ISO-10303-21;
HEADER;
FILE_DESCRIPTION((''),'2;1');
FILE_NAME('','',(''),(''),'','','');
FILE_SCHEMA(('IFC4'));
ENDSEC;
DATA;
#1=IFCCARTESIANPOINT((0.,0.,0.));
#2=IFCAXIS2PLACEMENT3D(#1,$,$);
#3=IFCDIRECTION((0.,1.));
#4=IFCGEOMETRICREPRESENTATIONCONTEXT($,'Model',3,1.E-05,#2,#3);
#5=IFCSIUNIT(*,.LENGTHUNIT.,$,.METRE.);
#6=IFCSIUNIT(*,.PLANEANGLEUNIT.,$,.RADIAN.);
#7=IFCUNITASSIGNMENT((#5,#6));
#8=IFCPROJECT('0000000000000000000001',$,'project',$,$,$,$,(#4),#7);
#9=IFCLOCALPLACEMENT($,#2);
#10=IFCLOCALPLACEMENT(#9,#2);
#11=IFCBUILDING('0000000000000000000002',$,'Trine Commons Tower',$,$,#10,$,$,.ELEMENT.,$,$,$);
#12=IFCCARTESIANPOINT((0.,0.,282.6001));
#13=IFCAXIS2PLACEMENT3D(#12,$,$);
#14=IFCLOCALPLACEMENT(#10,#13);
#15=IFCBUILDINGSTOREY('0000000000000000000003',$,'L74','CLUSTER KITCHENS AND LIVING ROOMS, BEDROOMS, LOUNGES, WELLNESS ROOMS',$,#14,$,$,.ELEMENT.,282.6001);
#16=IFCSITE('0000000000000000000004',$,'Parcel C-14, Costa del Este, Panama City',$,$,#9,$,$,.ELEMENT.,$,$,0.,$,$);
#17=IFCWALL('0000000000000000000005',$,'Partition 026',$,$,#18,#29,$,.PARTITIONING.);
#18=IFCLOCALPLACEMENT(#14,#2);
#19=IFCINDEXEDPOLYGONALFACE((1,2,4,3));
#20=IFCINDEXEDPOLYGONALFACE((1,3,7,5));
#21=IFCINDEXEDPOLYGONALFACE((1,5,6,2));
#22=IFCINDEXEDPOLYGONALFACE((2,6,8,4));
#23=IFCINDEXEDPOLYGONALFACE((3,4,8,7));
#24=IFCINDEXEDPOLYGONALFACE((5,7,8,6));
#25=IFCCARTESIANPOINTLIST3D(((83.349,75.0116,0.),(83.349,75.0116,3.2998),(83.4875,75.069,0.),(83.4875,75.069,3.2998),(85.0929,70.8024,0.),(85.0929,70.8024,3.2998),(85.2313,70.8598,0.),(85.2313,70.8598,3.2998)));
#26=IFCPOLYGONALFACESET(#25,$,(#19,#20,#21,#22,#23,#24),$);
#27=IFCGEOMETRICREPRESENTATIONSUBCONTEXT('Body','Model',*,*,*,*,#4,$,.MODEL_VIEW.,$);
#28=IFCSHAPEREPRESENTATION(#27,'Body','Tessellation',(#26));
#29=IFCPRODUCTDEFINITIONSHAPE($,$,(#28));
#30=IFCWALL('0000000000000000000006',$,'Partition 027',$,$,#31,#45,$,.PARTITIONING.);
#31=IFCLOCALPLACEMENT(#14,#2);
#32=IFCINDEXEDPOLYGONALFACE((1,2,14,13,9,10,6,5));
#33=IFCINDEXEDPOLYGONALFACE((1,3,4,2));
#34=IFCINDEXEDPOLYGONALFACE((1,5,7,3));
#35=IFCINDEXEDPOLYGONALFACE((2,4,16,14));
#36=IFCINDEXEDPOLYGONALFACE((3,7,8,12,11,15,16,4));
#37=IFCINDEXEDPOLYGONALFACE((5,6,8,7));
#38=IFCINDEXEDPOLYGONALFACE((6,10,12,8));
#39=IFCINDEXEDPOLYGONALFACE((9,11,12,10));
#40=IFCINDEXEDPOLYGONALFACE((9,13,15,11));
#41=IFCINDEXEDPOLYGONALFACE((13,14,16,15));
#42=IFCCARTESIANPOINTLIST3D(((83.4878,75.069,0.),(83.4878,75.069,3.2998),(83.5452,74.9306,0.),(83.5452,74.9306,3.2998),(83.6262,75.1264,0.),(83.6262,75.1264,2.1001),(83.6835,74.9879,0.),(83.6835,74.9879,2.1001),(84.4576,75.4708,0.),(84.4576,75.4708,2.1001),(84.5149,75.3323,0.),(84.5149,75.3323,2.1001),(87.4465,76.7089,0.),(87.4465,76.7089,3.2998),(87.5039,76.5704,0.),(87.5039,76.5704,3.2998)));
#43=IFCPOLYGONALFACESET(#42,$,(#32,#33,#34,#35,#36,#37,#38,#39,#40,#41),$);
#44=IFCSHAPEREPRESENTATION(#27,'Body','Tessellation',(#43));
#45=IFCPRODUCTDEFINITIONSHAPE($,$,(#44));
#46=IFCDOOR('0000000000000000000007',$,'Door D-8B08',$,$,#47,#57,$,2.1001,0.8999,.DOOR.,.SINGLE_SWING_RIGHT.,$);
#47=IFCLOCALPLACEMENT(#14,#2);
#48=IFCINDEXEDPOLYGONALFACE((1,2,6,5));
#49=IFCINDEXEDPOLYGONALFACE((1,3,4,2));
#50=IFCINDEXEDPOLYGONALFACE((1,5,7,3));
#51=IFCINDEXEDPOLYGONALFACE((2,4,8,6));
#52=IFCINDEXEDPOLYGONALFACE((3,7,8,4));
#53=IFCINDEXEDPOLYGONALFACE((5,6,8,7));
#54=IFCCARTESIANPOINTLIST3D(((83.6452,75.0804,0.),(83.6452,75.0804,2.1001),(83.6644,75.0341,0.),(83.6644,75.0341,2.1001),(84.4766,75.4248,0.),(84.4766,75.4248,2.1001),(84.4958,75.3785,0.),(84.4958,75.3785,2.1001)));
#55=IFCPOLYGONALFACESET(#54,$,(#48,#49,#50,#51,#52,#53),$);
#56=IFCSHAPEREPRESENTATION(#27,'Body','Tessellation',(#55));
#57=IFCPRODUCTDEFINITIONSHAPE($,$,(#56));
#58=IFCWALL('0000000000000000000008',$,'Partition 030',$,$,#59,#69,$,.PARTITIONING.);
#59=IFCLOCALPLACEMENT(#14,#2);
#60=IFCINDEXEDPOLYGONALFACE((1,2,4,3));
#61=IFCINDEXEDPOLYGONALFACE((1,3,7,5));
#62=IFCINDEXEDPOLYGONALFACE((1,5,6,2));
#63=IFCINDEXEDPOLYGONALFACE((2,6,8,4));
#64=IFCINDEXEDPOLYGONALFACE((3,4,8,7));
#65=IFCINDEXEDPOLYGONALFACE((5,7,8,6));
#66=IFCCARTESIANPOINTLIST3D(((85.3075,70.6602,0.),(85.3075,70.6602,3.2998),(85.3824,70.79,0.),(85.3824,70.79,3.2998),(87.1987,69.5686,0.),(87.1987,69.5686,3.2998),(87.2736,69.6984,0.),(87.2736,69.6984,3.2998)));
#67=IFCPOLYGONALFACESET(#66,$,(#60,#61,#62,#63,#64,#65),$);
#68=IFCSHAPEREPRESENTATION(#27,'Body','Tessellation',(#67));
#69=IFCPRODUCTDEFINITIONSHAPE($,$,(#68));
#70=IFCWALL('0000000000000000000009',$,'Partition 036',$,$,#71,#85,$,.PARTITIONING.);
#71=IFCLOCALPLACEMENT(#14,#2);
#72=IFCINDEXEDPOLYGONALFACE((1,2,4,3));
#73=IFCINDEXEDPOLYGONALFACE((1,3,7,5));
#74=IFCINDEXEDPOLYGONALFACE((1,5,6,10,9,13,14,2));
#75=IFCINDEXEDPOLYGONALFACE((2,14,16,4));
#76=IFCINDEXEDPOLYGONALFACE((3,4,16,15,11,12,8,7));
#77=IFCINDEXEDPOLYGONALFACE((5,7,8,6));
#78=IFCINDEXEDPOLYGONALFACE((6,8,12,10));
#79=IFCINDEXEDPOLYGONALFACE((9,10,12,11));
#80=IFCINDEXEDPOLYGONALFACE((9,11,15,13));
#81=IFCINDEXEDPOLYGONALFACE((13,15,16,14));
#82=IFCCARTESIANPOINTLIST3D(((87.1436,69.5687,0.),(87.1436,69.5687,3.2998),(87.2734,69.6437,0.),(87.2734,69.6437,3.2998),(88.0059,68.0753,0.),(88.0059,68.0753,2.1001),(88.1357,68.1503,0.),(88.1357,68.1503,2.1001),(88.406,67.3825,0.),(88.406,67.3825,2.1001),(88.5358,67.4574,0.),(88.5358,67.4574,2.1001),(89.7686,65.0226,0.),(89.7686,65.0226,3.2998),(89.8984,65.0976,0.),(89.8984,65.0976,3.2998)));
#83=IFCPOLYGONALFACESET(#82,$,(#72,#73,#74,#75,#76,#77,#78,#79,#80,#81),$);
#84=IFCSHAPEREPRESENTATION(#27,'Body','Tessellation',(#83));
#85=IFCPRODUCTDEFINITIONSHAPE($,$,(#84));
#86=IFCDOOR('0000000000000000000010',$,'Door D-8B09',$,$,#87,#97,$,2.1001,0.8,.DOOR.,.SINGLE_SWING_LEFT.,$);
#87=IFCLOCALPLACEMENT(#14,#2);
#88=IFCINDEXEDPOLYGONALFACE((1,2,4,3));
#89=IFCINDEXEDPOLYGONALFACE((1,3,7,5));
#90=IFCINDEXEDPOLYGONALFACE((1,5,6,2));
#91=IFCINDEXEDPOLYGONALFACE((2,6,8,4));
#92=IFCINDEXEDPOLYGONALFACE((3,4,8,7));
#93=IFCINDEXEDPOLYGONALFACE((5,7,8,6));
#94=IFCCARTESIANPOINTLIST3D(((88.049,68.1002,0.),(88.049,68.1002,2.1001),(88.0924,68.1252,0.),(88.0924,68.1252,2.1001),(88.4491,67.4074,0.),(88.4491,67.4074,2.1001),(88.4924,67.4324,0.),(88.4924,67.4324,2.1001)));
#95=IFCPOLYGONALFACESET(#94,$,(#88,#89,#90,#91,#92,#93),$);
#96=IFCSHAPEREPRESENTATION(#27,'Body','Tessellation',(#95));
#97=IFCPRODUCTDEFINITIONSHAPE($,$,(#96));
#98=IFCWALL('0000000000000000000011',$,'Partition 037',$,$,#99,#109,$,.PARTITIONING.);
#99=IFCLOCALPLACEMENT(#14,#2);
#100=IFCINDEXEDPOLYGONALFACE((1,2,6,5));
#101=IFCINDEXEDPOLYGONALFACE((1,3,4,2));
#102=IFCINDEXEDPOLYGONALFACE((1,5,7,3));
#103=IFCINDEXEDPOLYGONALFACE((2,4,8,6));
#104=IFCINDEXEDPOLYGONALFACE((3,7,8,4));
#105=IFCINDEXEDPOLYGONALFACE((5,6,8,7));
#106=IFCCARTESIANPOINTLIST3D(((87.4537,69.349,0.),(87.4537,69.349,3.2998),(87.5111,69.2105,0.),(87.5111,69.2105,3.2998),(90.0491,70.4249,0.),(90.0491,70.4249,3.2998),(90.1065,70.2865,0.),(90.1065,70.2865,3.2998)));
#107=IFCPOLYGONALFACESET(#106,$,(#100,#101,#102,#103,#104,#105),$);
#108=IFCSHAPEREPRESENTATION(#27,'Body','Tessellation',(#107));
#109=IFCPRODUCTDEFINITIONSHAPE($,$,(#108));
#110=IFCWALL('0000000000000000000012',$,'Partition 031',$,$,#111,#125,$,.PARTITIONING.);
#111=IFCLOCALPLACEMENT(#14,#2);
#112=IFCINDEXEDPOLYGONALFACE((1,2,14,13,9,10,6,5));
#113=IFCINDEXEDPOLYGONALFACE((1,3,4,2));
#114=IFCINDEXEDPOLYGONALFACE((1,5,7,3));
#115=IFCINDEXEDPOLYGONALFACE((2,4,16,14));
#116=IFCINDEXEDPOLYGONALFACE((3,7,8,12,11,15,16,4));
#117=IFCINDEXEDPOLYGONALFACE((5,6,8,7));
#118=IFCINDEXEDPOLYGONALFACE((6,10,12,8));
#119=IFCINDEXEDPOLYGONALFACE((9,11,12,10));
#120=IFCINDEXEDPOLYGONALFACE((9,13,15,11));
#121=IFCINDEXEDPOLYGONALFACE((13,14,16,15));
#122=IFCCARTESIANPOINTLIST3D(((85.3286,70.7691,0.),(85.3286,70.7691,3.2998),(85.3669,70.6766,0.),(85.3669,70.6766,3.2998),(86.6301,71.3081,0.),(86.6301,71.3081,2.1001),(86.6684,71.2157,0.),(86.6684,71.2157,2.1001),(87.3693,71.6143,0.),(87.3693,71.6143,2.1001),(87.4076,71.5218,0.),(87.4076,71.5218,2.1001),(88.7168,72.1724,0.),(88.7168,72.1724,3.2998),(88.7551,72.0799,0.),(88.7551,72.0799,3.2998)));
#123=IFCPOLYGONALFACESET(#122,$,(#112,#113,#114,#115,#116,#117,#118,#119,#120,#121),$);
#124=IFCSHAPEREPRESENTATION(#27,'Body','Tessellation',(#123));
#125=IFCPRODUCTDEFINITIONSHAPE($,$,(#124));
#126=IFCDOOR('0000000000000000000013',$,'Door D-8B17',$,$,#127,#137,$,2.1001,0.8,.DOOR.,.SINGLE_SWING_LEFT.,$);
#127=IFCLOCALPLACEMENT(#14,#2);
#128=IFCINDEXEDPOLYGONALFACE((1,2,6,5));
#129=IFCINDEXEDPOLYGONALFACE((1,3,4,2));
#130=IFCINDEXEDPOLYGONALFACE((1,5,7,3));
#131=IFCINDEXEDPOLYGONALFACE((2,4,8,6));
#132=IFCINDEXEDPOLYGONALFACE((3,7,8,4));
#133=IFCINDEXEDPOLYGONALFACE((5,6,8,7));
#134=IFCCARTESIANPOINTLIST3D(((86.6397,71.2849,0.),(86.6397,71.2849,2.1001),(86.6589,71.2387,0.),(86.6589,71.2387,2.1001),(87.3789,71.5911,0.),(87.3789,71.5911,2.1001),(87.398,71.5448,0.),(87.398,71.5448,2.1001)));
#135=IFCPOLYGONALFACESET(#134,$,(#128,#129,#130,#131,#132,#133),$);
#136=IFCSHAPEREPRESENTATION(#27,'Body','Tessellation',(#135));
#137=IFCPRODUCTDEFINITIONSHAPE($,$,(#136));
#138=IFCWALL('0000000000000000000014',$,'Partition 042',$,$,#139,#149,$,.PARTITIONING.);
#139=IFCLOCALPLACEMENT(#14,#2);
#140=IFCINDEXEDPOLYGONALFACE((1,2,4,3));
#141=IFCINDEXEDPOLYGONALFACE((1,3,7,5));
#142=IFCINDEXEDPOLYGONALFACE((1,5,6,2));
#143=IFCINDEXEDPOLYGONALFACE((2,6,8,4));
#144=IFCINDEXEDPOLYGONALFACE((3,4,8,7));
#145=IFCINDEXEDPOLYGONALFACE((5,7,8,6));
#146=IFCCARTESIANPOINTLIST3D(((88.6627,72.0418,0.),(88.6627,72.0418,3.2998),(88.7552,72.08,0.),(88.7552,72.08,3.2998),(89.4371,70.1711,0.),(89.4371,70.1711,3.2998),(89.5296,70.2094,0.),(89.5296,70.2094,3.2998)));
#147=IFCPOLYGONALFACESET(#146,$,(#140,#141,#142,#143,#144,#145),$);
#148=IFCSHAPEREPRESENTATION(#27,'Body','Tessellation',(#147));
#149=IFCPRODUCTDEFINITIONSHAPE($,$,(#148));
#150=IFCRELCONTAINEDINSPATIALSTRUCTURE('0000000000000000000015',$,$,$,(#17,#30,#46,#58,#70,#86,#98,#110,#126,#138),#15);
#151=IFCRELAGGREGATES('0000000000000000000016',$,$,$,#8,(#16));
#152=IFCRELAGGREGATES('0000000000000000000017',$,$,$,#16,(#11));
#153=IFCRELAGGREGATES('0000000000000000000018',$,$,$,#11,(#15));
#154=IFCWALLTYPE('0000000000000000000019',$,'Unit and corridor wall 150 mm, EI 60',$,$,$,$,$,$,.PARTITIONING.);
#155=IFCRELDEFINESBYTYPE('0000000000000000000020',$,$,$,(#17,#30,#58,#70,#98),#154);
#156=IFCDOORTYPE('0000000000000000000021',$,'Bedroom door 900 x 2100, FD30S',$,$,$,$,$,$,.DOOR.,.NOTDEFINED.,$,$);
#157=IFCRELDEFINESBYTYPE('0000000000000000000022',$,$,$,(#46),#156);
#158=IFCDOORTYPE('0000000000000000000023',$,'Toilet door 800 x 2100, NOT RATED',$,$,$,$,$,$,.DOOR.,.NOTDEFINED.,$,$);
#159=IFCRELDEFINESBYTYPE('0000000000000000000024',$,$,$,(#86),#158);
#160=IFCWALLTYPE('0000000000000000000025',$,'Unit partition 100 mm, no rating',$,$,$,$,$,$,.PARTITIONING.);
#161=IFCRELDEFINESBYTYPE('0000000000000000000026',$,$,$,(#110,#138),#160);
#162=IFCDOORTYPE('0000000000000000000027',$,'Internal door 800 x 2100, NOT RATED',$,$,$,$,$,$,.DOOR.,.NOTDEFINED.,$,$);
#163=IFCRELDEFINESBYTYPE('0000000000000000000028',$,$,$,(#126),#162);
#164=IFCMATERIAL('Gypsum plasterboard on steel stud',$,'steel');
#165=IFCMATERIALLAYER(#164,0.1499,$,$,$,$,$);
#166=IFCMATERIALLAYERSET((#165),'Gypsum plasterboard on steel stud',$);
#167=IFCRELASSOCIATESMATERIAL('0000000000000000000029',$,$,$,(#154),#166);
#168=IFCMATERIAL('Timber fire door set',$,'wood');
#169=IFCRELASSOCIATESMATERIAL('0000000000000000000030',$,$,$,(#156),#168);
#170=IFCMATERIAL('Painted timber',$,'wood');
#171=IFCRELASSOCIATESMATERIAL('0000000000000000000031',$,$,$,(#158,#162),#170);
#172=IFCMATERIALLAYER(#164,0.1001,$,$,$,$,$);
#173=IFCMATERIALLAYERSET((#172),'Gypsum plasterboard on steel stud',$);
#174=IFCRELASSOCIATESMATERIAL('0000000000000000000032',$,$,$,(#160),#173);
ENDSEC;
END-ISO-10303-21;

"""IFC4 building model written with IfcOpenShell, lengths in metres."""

from ifc_helpers import new_model, si_unit, direction, frame, frame_2d, origin, place, context, subcontext, project, spatial, rectangle, extrude, material, layer, layer_set, type_object, element, fill, save


model = new_model("IFC4")

# Units and contexts
model_context = context("Model", 3, precision=1e-05, world=origin(), true_north=direction((0.0, 1.0)))
body_context = subcontext(model_context, "Body", "Model", "MODEL_VIEW")
ifc_project = project(units=[si_unit("LENGTHUNIT", "METRE"), si_unit("PLANEANGLEUNIT", "RADIAN")], contexts=[model_context])

# Site, building, storey
site_placement = place(None, origin())
site = spatial("IfcSite", under=ifc_project, at=site_placement, Name="Parcel C-14, Costa del Este, Panama City", CompositionType="ELEMENT", RefElevation=0.0)
building_placement = place(site_placement, origin())
building = spatial("IfcBuilding", under=site, at=building_placement, Name="Trine Commons Tower", CompositionType="ELEMENT")
storey_placement = place(building_placement, frame((0.0, 0.0, 282.6001)))
storey = spatial("IfcBuildingStorey", under=building, at=storey_placement, Name="L74", Description="CLUSTER KITCHENS AND LIVING ROOMS, BEDROOMS, LOUNGES, WELLNESS ROOMS", CompositionType="ELEMENT", Elevation=282.6001)

# Wall
ifc_material_1 = material(Name="Gypsum plasterboard on steel stud", Category="steel")
ifc_layer_1 = layer(ifc_material_1, 0.1499)
ifc_layer_set_1 = layer_set([ifc_layer_1], Name="Gypsum plasterboard on steel stud")
wall_type_1 = type_object("IfcWallType", Name="Unit and corridor wall 150 mm, EI 60", PredefinedType="PARTITIONING", material=ifc_layer_set_1)
wall_1_placement = place(storey_placement, frame((83.4182, 75.0403, 0.0), z_axis=(0.0, 0.0, 1.0), x_axis=(0.382754, -0.92385, 0.0)))
element("IfcWall", 1, at=wall_1_placement, inside=storey, type_object=wall_type_1, Name="Partition 026", PredefinedType="PARTITIONING", context=body_context, shape_type="SweptSolid", body=[
    extrude(rectangle(XDim=4.5562, YDim=0.1499, at=frame_2d((2.2781, 0.0))), origin(), (0.0, 0.0, 1.0), 3.2998),
])

# Wall, opening, door
wall_2_placement = place(storey_placement, frame((83.5164, 74.9998, 0.0), z_axis=(0.0, 0.0, 1.0), x_axis=(0.923869, 0.382709, 0.0)))
wall_2 = element("IfcWall", 2, at=wall_2_placement, inside=storey, type_object=wall_type_1, Name="Partition 027", PredefinedType="PARTITIONING", context=body_context, shape_type="SweptSolid", body=[
    extrude(rectangle(XDim=4.2849, YDim=0.1499, at=frame_2d((2.1426, 0.0))), origin(), (0.0, 0.0, 1.0), 3.2998),
])
opening_1_placement = place(wall_2_placement, frame((0.1499, 0.0, 0.0)))
opening_1 = element("IfcOpeningElement", 3, at=opening_1_placement, cuts=wall_2, PredefinedType="OPENING", context=body_context, shape_type="SweptSolid", body=[
    extrude(rectangle(XDim=0.8999, YDim=2.1001, at=frame_2d((0.45, 1.05))), frame((0.0, 0.085, 0.0), z_axis=(0.0, -1.0, 0.0), x_axis=(1.0, 0.0, 0.0)), (0.0, 0.0, 1.0), 0.1699),
])
ifc_material_2 = material(Name="Timber fire door set", Category="wood")
door_type_1 = type_object("IfcDoorType", Name="Bedroom door 900 x 2100, FD30S", OperationType="NOTDEFINED", PredefinedType="DOOR", material=ifc_material_2)
door_1_placement = place(opening_1_placement, frame((0.8999, 0.0, 0.0), z_axis=(0.0, 0.0, 1.0), x_axis=(-1.0, 0.0, 0.0)))
door_1 = element("IfcDoor", 4, at=door_1_placement, inside=storey, type_object=door_type_1, Name="Door D-8B08", OperationType="SINGLE_SWING_RIGHT", OverallHeight=2.1001, OverallWidth=0.8999, PredefinedType="DOOR", context=body_context, shape_type="SweptSolid", body=[
    extrude(rectangle(XDim=0.8999, YDim=2.1001, at=frame_2d((0.45, 1.05))), frame((0.0, 0.0249, 0.0), z_axis=(0.0, -1.0, 0.0), x_axis=(1.0, 0.0, 0.0)), (0.0, 0.0, 1.0), 0.05),
])
fill(opening_1, door_1)

# Wall
wall_3_placement = place(storey_placement, frame((85.345, 70.7251, 0.0), z_axis=(0.0, 0.0, 1.0), x_axis=(0.866081, -0.499903, 0.0)))
element("IfcWall", 5, at=wall_3_placement, inside=storey, type_object=wall_type_1, Name="Partition 030", PredefinedType="PARTITIONING", context=body_context, shape_type="SweptSolid", body=[
    extrude(rectangle(XDim=2.1836, YDim=0.1499, at=frame_2d((1.0918, 0.0))), origin(), (0.0, 0.0, 1.0), 3.2998),
])

# Wall, opening, door
wall_4_placement = place(storey_placement, frame((87.2085, 69.6062, 0.0), z_axis=(0.0, 0.0, 1.0), x_axis=(0.50004, -0.866002, 0.0)))
wall_4 = element("IfcWall", 6, at=wall_4_placement, inside=storey, type_object=wall_type_1, Name="Partition 036", PredefinedType="PARTITIONING", context=body_context, shape_type="SweptSolid", body=[
    extrude(rectangle(XDim=5.2495, YDim=0.1499, at=frame_2d((2.6248, 0.0))), origin(), (0.0, 0.0, 1.0), 3.2998),
])
opening_2_placement = place(wall_4_placement, frame((1.7246, 0.0, 0.0)))
opening_2 = element("IfcOpeningElement", 7, at=opening_2_placement, cuts=wall_4, PredefinedType="OPENING", context=body_context, shape_type="SweptSolid", body=[
    extrude(rectangle(XDim=0.8, YDim=2.1001, at=frame_2d((0.3999, 1.05))), frame((0.0, 0.085, 0.0), z_axis=(0.0, -1.0, 0.0), x_axis=(1.0, 0.0, 0.0)), (0.0, 0.0, 1.0), 0.1699),
])
ifc_material_3 = material(Name="Painted timber", Category="wood")
door_type_2 = type_object("IfcDoorType", Name="Toilet door 800 x 2100, NOT RATED", OperationType="NOTDEFINED", PredefinedType="DOOR", material=ifc_material_3)
door_2_placement = place(opening_2_placement, origin())
door_2 = element("IfcDoor", 8, at=door_2_placement, inside=storey, type_object=door_type_2, Name="Door D-8B09", OperationType="SINGLE_SWING_LEFT", OverallHeight=2.1001, OverallWidth=0.8, PredefinedType="DOOR", context=body_context, shape_type="SweptSolid", body=[
    extrude(rectangle(XDim=0.8, YDim=2.1001, at=frame_2d((0.3999, 1.05))), frame((0.0, 0.0249, 0.0), z_axis=(0.0, -1.0, 0.0), x_axis=(1.0, 0.0, 0.0)), (0.0, 0.0, 1.0), 0.05),
])
fill(opening_2, door_2)

# Wall
wall_5_placement = place(storey_placement, frame((87.4824, 69.2798, 0.0), z_axis=(0.0, 0.0, 1.0), x_axis=(0.923772, 0.382943, 0.0)))
element("IfcWall", 9, at=wall_5_placement, inside=storey, type_object=wall_type_1, Name="Partition 037", PredefinedType="PARTITIONING", context=body_context, shape_type="SweptSolid", body=[
    extrude(rectangle(XDim=2.8096, YDim=0.1499, at=frame_2d((1.4048, 0.0))), origin(), (0.0, 0.0, 1.0), 3.2998),
])

# Wall, opening, door
ifc_layer_2 = layer(ifc_material_1, 0.1001)
ifc_layer_set_2 = layer_set([ifc_layer_2], Name="Gypsum plasterboard on steel stud")
wall_type_2 = type_object("IfcWallType", Name="Unit partition 100 mm, no rating", PredefinedType="PARTITIONING", material=ifc_layer_set_2)
wall_6_placement = place(storey_placement, frame((85.3479, 70.7229, 0.0), z_axis=(0.0, 0.0, 1.0), x_axis=(0.92389, 0.382658, 0.0)))
wall_6 = element("IfcWall", 10, at=wall_6_placement, inside=storey, type_object=wall_type_2, Name="Partition 031", PredefinedType="PARTITIONING", context=body_context, shape_type="SweptSolid", body=[
    extrude(rectangle(XDim=3.6672, YDim=0.1001, at=frame_2d((1.8335, 0.0))), origin(), (0.0, 0.0, 1.0), 3.2998),
])
opening_3_placement = place(wall_6_placement, frame((1.4087, 0.0, 0.0)))
opening_3 = element("IfcOpeningElement", 11, at=opening_3_placement, cuts=wall_6, PredefinedType="OPENING", context=body_context, shape_type="SweptSolid", body=[
    extrude(rectangle(XDim=0.8, YDim=2.1001, at=frame_2d((0.3999, 1.05))), frame((0.0, 0.0601, 0.0), z_axis=(0.0, -1.0, 0.0), x_axis=(1.0, 0.0, 0.0)), (0.0, 0.0, 1.0), 0.1201),
])
door_type_3 = type_object("IfcDoorType", Name="Internal door 800 x 2100, NOT RATED", OperationType="NOTDEFINED", PredefinedType="DOOR", material=ifc_material_3)
door_3_placement = place(opening_3_placement, origin())
door_3 = element("IfcDoor", 12, at=door_3_placement, inside=storey, type_object=door_type_3, Name="Door D-8B17", OperationType="SINGLE_SWING_LEFT", OverallHeight=2.1001, OverallWidth=0.8, PredefinedType="DOOR", context=body_context, shape_type="SweptSolid", body=[
    extrude(rectangle(XDim=0.8, YDim=2.1001, at=frame_2d((0.3999, 1.05))), frame((0.0, 0.0249, 0.0), z_axis=(0.0, -1.0, 0.0), x_axis=(1.0, 0.0, 0.0)), (0.0, 0.0, 1.0), 0.05),
])
fill(opening_3, door_3)

# Wall
wall_7_placement = place(storey_placement, frame((88.709, 72.0608, 0.0), z_axis=(0.0, 0.0, 1.0), x_axis=(0.382508, -0.923952, 0.0)))
element("IfcWall", 13, at=wall_7_placement, inside=storey, type_object=wall_type_2, Name="Partition 042", PredefinedType="PARTITIONING", context=body_context, shape_type="SweptSolid", body=[
    extrude(rectangle(XDim=2.0247, YDim=0.1001, at=frame_2d((1.0122, 0.0))), origin(), (0.0, 0.0, 1.0), 3.2998),
])

save(model, "model.ifc")
